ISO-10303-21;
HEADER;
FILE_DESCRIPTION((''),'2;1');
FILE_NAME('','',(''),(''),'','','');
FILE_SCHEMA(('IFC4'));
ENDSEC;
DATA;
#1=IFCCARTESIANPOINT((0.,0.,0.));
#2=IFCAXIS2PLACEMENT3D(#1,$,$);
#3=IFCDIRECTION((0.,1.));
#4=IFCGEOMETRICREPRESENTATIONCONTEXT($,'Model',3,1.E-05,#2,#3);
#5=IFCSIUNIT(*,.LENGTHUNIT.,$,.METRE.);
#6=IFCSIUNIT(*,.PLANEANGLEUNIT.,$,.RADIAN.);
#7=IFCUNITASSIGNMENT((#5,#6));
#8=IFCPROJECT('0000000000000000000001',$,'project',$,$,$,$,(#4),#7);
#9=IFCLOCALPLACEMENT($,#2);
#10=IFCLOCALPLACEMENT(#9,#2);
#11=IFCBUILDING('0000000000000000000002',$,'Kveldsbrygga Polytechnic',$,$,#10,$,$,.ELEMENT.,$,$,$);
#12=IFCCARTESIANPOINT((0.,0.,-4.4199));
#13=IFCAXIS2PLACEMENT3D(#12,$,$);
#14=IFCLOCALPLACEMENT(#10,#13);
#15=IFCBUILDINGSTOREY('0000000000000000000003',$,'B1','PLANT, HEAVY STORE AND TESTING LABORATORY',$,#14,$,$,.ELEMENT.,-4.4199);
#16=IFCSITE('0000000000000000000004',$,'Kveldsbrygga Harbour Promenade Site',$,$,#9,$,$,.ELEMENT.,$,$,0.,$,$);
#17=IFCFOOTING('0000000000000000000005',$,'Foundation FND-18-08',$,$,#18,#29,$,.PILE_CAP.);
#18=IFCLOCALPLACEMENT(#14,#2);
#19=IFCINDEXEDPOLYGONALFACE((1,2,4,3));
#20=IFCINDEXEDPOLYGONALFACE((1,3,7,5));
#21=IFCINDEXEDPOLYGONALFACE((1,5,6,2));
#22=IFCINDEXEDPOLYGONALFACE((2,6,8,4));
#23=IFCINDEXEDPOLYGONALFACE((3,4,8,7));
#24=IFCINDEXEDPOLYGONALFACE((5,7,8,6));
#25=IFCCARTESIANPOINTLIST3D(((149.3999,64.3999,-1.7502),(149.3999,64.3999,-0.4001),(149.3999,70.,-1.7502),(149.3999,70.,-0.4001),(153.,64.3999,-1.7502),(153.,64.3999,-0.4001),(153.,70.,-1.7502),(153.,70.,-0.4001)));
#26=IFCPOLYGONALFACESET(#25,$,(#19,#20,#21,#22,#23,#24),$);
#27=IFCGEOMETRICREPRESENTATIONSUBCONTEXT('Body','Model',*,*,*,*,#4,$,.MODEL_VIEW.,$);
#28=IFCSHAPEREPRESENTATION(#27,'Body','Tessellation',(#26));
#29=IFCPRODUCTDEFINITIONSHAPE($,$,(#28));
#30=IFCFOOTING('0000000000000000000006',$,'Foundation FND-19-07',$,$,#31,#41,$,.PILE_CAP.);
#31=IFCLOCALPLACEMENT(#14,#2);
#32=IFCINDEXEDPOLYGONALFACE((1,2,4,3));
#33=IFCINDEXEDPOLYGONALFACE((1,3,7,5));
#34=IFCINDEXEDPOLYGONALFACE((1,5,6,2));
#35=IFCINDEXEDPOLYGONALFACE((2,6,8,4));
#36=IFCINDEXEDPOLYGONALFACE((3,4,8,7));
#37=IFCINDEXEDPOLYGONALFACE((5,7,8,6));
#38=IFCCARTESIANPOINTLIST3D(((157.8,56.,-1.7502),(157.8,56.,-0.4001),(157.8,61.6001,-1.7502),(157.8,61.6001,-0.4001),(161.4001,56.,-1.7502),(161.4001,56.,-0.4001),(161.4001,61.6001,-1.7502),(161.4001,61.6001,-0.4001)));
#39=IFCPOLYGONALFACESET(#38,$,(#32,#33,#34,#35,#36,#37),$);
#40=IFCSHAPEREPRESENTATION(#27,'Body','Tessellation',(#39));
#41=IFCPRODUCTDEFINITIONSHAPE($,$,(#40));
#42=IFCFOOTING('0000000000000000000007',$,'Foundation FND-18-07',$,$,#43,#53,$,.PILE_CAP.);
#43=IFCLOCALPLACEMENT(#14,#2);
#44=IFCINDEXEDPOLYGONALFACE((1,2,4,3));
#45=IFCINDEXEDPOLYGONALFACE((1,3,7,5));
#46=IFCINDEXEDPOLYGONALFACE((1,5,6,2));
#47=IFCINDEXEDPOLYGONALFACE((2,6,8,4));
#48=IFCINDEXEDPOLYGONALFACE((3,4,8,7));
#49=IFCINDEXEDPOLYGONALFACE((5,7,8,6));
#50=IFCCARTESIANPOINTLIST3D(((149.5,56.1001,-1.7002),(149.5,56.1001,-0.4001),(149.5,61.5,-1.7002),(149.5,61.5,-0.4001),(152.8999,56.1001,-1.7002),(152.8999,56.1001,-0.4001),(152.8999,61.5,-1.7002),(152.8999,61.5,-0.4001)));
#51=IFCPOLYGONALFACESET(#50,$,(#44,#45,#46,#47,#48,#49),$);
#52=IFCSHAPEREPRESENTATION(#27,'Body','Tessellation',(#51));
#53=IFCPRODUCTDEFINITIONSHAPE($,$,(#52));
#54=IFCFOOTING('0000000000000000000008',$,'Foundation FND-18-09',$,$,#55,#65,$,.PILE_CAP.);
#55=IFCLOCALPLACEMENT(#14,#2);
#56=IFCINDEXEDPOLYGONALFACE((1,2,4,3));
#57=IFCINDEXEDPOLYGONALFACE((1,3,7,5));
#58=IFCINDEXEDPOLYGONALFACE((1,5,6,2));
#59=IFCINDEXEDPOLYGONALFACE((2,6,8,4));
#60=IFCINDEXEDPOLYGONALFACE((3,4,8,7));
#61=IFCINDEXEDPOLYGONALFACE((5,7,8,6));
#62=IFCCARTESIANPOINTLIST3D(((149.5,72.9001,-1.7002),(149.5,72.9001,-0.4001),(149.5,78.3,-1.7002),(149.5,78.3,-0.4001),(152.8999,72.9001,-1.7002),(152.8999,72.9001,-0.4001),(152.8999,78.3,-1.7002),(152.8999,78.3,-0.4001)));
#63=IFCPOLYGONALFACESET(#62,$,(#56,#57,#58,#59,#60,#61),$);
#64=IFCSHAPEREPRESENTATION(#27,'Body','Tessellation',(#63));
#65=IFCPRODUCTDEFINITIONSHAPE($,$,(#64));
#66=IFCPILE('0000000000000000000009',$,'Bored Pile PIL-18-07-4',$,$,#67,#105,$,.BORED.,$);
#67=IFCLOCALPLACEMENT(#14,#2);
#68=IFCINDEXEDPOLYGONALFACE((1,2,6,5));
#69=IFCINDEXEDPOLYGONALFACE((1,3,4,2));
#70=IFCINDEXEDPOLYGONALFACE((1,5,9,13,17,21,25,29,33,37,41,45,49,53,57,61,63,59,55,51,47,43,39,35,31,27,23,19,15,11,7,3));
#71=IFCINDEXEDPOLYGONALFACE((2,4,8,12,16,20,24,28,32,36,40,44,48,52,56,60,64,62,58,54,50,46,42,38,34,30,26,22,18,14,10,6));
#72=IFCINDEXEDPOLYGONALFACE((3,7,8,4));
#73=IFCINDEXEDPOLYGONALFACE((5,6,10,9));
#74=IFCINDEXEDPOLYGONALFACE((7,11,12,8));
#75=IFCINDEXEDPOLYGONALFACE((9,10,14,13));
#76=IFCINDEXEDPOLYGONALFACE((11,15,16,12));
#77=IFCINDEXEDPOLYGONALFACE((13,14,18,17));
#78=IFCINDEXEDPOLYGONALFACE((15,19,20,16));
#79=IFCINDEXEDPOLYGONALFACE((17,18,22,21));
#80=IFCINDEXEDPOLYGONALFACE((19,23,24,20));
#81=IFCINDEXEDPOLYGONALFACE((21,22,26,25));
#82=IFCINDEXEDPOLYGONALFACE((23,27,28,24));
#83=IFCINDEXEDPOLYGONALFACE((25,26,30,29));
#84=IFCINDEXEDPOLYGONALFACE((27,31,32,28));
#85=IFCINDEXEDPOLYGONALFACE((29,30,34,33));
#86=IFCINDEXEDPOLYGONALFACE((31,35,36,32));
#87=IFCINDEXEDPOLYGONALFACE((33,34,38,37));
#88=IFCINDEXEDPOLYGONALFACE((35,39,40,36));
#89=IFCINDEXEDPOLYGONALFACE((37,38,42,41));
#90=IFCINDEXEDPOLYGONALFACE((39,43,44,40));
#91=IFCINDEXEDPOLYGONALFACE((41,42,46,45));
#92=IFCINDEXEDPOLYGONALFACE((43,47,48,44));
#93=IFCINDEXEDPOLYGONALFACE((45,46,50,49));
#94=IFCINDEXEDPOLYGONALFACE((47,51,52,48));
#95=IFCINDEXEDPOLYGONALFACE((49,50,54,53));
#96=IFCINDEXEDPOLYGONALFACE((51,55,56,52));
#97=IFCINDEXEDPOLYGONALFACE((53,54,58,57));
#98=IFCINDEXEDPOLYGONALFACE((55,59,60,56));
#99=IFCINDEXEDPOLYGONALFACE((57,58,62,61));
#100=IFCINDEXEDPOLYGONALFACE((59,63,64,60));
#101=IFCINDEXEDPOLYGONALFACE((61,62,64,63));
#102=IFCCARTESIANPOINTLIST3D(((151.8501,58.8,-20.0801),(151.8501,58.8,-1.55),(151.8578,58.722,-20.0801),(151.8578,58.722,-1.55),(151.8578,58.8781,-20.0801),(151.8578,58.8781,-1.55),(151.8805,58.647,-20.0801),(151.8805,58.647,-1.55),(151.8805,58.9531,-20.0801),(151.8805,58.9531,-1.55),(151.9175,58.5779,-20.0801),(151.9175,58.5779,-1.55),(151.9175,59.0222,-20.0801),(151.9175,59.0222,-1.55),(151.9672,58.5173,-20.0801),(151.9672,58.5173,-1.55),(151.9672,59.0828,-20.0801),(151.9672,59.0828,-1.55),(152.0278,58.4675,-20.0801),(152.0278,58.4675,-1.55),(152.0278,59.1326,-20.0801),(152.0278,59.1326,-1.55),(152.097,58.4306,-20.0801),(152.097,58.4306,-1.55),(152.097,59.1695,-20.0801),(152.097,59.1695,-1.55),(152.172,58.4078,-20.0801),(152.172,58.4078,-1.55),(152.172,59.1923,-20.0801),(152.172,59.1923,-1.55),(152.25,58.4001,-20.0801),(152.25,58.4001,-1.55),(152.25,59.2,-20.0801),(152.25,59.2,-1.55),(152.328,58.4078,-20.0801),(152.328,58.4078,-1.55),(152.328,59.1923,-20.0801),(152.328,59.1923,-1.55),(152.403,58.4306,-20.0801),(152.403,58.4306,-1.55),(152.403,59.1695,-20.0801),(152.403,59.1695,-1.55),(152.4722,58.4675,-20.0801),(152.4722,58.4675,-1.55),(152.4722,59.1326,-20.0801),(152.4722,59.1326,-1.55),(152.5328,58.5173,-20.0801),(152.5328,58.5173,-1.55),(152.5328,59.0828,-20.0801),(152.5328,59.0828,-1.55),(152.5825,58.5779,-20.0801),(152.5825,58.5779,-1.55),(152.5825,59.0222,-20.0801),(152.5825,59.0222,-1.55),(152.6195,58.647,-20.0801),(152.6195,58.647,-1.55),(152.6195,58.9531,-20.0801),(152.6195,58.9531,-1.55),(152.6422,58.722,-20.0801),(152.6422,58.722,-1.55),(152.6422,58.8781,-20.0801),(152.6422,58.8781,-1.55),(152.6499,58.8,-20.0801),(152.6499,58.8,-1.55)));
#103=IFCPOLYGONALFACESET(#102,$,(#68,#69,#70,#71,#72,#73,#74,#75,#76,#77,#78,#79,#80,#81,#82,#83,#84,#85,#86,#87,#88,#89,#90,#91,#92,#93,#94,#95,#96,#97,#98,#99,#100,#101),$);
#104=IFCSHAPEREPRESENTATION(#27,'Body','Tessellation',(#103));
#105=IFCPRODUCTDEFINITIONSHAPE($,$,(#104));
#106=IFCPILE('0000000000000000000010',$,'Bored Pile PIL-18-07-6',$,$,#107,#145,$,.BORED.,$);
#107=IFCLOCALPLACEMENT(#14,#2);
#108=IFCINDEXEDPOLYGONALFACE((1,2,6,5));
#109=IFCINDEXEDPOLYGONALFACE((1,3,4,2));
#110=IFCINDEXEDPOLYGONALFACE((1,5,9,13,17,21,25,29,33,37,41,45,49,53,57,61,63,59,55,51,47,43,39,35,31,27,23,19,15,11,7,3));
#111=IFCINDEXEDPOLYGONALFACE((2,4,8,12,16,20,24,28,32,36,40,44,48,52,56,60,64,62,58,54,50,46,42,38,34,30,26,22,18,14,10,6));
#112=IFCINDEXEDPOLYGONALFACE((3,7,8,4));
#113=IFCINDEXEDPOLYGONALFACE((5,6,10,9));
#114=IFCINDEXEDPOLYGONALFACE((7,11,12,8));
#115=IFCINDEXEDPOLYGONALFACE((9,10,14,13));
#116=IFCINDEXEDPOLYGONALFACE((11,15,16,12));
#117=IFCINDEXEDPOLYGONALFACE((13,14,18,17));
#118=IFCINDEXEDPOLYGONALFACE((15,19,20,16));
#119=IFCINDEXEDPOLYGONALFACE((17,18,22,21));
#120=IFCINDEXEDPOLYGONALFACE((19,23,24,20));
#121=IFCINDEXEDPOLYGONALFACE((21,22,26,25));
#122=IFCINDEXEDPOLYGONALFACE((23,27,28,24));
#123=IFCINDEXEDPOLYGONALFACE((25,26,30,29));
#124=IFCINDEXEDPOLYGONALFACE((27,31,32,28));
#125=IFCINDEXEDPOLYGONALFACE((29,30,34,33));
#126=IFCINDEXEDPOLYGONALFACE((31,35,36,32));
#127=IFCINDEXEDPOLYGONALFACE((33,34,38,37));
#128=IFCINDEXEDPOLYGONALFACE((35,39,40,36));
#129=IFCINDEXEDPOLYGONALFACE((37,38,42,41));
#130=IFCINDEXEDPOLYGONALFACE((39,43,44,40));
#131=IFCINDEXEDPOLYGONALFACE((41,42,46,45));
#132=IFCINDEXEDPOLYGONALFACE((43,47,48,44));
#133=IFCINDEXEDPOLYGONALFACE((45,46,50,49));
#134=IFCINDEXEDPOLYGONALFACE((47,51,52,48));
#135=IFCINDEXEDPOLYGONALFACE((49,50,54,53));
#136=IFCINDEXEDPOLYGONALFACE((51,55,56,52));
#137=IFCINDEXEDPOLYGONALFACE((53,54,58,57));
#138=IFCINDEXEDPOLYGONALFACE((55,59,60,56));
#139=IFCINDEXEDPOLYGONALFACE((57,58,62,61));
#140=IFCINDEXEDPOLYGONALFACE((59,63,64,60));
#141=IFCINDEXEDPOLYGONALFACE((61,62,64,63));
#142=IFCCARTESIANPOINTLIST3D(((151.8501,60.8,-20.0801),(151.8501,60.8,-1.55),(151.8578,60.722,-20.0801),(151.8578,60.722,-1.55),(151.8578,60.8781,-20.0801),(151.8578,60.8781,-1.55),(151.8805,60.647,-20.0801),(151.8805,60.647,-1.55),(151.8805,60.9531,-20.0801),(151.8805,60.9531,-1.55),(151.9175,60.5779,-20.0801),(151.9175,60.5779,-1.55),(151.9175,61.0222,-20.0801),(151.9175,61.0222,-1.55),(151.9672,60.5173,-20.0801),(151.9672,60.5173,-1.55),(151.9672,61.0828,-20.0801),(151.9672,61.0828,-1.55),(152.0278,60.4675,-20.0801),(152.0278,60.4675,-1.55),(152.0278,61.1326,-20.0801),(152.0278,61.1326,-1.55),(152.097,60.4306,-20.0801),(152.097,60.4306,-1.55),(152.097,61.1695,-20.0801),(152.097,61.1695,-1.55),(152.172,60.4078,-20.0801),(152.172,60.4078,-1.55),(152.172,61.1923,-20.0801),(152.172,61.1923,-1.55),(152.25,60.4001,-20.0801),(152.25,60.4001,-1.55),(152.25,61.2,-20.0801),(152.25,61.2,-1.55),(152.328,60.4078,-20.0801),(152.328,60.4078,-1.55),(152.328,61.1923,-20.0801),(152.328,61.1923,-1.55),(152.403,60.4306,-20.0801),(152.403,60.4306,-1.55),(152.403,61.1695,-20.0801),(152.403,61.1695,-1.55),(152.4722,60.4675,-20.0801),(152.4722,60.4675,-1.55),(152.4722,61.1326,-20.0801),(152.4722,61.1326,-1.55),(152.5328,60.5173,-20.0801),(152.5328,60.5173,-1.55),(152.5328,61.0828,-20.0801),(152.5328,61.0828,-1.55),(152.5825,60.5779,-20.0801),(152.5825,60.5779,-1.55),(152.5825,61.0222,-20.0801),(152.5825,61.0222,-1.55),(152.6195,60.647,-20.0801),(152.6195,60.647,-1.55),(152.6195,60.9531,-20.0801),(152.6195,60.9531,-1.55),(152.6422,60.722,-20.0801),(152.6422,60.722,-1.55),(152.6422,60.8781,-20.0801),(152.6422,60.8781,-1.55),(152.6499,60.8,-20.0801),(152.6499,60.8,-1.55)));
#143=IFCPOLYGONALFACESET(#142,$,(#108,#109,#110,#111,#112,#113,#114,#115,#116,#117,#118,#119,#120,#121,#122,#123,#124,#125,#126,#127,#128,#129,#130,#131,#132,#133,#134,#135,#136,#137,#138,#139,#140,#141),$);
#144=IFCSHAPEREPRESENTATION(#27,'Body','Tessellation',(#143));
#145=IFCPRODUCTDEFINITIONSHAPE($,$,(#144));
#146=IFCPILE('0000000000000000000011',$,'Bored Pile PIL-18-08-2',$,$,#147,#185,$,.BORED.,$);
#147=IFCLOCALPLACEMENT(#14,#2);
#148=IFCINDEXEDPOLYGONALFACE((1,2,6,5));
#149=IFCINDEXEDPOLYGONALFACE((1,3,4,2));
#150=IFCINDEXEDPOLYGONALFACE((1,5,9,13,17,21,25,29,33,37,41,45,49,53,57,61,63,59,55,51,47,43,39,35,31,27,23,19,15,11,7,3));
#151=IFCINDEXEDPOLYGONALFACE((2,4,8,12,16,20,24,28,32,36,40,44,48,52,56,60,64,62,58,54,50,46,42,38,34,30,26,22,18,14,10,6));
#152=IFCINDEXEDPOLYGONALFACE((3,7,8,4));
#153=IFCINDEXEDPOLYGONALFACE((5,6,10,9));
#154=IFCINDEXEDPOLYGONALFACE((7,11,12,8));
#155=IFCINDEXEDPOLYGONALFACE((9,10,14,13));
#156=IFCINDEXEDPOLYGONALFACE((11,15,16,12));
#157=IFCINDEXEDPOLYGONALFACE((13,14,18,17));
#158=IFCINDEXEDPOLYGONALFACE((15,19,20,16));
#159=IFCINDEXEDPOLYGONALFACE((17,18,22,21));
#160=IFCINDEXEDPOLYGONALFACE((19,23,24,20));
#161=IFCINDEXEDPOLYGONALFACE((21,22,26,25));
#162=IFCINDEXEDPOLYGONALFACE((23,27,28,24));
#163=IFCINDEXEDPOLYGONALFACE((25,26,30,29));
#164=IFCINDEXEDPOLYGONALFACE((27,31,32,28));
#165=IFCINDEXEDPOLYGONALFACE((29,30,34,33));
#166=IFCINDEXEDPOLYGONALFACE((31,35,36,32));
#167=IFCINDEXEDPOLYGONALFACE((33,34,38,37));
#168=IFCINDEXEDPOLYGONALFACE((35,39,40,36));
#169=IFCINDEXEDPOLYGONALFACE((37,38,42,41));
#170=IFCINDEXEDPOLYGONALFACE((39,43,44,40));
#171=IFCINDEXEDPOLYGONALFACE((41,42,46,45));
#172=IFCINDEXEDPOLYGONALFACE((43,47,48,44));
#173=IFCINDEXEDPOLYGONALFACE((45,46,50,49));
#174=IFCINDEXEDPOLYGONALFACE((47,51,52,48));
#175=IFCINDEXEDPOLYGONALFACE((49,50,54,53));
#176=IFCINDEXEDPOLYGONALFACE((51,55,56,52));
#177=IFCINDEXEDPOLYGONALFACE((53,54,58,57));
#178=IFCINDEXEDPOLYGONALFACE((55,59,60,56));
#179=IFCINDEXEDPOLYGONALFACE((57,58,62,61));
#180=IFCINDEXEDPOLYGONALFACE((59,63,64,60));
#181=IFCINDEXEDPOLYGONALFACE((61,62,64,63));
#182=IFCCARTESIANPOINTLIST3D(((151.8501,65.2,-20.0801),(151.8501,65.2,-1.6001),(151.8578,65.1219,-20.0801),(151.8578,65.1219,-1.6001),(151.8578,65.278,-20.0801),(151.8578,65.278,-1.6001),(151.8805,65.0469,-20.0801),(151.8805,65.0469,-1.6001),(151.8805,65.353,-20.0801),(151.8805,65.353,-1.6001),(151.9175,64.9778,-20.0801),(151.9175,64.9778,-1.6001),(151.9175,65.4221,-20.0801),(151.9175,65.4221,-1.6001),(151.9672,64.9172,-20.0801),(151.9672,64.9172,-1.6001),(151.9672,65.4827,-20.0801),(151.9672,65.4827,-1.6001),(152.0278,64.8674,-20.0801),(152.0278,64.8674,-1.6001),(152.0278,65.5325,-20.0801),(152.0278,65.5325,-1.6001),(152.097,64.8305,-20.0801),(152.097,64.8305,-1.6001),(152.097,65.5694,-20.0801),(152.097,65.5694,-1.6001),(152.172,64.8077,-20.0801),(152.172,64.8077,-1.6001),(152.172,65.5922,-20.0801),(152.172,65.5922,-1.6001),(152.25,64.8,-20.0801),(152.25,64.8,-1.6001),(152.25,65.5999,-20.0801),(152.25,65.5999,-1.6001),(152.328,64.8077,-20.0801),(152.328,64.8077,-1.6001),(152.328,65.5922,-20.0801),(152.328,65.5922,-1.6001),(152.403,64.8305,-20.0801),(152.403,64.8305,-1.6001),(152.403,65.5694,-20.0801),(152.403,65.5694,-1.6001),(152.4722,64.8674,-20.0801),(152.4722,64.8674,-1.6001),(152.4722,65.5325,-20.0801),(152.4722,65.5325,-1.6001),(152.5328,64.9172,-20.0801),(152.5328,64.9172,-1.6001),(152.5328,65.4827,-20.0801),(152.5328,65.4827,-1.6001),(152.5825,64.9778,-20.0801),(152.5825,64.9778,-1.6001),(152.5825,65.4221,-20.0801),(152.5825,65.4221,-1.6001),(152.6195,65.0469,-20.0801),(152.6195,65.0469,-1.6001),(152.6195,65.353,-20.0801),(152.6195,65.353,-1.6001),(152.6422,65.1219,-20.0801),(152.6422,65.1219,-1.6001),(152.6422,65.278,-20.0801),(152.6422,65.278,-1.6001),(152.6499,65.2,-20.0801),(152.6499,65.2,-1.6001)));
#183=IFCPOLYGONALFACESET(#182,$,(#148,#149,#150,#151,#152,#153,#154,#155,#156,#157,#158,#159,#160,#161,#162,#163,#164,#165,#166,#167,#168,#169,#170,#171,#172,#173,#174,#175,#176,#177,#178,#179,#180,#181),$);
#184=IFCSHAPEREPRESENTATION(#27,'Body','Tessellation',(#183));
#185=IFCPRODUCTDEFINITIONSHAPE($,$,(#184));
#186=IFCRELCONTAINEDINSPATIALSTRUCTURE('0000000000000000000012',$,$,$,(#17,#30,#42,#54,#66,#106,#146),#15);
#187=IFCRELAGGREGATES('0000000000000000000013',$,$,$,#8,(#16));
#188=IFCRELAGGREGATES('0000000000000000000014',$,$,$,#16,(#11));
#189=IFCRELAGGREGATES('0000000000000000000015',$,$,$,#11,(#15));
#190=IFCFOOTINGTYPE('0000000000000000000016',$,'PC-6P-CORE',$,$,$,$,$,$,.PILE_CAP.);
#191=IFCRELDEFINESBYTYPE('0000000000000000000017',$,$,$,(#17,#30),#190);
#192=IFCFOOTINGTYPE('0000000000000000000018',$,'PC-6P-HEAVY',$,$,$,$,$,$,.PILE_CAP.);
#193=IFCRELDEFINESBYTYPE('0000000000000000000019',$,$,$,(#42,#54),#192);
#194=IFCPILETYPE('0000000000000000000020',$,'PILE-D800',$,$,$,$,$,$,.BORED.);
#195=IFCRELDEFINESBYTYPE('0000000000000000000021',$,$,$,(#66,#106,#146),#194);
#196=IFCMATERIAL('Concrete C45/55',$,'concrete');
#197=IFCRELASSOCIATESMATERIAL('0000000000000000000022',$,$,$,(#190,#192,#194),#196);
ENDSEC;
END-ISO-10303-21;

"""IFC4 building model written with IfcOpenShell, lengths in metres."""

from ifc_helpers import new_model, si_unit, direction, frame, origin, origin_2d, place, context, subcontext, project, spatial, rectangle, circle, extrude, material, material_profile, profile_set, type_object, element, save


model = new_model("IFC4")

# Units and contexts
model_context = context("Model", 3, precision=1e-05, world=origin(), true_north=direction((0.0, 1.0)))
body_context = subcontext(model_context, "Body", "Model", "MODEL_VIEW")
ifc_project = project(units=[si_unit("LENGTHUNIT", "METRE"), si_unit("PLANEANGLEUNIT", "RADIAN")], contexts=[model_context])

# Site, building, storey
site_placement = place(None, origin())
site = spatial("IfcSite", under=ifc_project, at=site_placement, Name="Kveldsbrygga Harbour Promenade Site", CompositionType="ELEMENT", RefElevation=0.0)
building_placement = place(site_placement, origin())
building = spatial("IfcBuilding", under=site, at=building_placement, Name="Kveldsbrygga Polytechnic", CompositionType="ELEMENT")
storey_placement = place(building_placement, frame((0.0, 0.0, -4.4199)))
storey = spatial("IfcBuildingStorey", under=building, at=storey_placement, Name="B1", Description="PLANT, HEAVY STORE AND TESTING LABORATORY", CompositionType="ELEMENT", Elevation=-4.4199)

# Footings
ifc_material_1 = material(Name="Concrete C45/55", Category="concrete")
footing_type_1 = type_object("IfcFootingType", Name="PC-6P-CORE", PredefinedType="PILE_CAP", material=ifc_material_1)
for number, where, z_axis, x_axis, name in (
    (1, (151.2, 67.2, -1.7502), (0.0, 0.0, 1.0), (1.0, 0.0, 0.0), "Foundation FND-18-08"),
    (2, (159.6001, 58.8, -1.7502), (0.0, 0.0, 1.0), (1.0, 0.0, 0.0), "Foundation FND-19-07"),
):
    element("IfcFooting", number, at=place(storey_placement, frame(where, z_axis=z_axis, x_axis=x_axis)), inside=storey, type_object=footing_type_1, Name=name, PredefinedType="PILE_CAP", context=body_context, shape_type="SweptSolid", body=[
        extrude(rectangle(XDim=3.6001, YDim=5.6001, at=origin_2d()), origin(), (0.0, 0.0, 1.0), 1.3501),
    ])
footing_type_2 = type_object("IfcFootingType", Name="PC-6P-HEAVY", PredefinedType="PILE_CAP", material=ifc_material_1)
for number, where, z_axis, x_axis, name in (
    (3, (151.2, 58.8, -1.7002), (0.0, 0.0, 1.0), (1.0, 0.0, 0.0), "Foundation FND-18-07"),
    (4, (151.2, 75.6001, -1.7002), (0.0, 0.0, 1.0), (1.0, 0.0, 0.0), "Foundation FND-18-09"),
):
    element("IfcFooting", number, at=place(storey_placement, frame(where, z_axis=z_axis, x_axis=x_axis)), inside=storey, type_object=footing_type_2, Name=name, PredefinedType="PILE_CAP", context=body_context, shape_type="SweptSolid", body=[
        extrude(rectangle(XDim=3.3999, YDim=5.3999, at=origin_2d()), origin(), (0.0, 0.0, 1.0), 1.3),
    ])

# Piles
ifc_material_profile_1 = material_profile(ifc_material_1, circle(Radius=0.3999, at=origin_2d()), Name="PILE D800")
ifc_profile_set_1 = profile_set([ifc_material_profile_1], Name="Concrete C45/55")
pile_type = type_object("IfcPileType", Name="PILE-D800", PredefinedType="BORED", material=ifc_profile_set_1)
for number, where, z_axis, x_axis, name in (
    (5, (152.25, 58.8, -1.55), (0.0, 0.0, -1.0), (1.0, 0.0, 0.0), "Bored Pile PIL-18-07-4"),
    (6, (152.25, 60.8, -1.55), (0.0, 0.0, -1.0), (1.0, 0.0, 0.0), "Bored Pile PIL-18-07-6"),
):
    element("IfcPile", number, at=place(storey_placement, frame(where, z_axis=z_axis, x_axis=x_axis)), inside=storey, type_object=pile_type, Name=name, PredefinedType="BORED", context=body_context, shape_type="SweptSolid", body=[
        extrude(circle(Radius=0.3999, at=origin_2d()), origin(), (0.0, 0.0, 1.0), 18.53),
    ])
for number, where, z_axis, x_axis, name in (
    (7, (152.25, 65.2, -1.6001), (0.0, 0.0, -1.0), (1.0, 0.0, 0.0), "Bored Pile PIL-18-08-2"),
):
    element("IfcPile", number, at=place(storey_placement, frame(where, z_axis=z_axis, x_axis=x_axis)), inside=storey, type_object=pile_type, Name=name, PredefinedType="BORED", context=body_context, shape_type="SweptSolid", body=[
        extrude(circle(Radius=0.3999, at=origin_2d()), origin(), (0.0, 0.0, 1.0), 18.48),
    ])

save(model, "model.ifc")
